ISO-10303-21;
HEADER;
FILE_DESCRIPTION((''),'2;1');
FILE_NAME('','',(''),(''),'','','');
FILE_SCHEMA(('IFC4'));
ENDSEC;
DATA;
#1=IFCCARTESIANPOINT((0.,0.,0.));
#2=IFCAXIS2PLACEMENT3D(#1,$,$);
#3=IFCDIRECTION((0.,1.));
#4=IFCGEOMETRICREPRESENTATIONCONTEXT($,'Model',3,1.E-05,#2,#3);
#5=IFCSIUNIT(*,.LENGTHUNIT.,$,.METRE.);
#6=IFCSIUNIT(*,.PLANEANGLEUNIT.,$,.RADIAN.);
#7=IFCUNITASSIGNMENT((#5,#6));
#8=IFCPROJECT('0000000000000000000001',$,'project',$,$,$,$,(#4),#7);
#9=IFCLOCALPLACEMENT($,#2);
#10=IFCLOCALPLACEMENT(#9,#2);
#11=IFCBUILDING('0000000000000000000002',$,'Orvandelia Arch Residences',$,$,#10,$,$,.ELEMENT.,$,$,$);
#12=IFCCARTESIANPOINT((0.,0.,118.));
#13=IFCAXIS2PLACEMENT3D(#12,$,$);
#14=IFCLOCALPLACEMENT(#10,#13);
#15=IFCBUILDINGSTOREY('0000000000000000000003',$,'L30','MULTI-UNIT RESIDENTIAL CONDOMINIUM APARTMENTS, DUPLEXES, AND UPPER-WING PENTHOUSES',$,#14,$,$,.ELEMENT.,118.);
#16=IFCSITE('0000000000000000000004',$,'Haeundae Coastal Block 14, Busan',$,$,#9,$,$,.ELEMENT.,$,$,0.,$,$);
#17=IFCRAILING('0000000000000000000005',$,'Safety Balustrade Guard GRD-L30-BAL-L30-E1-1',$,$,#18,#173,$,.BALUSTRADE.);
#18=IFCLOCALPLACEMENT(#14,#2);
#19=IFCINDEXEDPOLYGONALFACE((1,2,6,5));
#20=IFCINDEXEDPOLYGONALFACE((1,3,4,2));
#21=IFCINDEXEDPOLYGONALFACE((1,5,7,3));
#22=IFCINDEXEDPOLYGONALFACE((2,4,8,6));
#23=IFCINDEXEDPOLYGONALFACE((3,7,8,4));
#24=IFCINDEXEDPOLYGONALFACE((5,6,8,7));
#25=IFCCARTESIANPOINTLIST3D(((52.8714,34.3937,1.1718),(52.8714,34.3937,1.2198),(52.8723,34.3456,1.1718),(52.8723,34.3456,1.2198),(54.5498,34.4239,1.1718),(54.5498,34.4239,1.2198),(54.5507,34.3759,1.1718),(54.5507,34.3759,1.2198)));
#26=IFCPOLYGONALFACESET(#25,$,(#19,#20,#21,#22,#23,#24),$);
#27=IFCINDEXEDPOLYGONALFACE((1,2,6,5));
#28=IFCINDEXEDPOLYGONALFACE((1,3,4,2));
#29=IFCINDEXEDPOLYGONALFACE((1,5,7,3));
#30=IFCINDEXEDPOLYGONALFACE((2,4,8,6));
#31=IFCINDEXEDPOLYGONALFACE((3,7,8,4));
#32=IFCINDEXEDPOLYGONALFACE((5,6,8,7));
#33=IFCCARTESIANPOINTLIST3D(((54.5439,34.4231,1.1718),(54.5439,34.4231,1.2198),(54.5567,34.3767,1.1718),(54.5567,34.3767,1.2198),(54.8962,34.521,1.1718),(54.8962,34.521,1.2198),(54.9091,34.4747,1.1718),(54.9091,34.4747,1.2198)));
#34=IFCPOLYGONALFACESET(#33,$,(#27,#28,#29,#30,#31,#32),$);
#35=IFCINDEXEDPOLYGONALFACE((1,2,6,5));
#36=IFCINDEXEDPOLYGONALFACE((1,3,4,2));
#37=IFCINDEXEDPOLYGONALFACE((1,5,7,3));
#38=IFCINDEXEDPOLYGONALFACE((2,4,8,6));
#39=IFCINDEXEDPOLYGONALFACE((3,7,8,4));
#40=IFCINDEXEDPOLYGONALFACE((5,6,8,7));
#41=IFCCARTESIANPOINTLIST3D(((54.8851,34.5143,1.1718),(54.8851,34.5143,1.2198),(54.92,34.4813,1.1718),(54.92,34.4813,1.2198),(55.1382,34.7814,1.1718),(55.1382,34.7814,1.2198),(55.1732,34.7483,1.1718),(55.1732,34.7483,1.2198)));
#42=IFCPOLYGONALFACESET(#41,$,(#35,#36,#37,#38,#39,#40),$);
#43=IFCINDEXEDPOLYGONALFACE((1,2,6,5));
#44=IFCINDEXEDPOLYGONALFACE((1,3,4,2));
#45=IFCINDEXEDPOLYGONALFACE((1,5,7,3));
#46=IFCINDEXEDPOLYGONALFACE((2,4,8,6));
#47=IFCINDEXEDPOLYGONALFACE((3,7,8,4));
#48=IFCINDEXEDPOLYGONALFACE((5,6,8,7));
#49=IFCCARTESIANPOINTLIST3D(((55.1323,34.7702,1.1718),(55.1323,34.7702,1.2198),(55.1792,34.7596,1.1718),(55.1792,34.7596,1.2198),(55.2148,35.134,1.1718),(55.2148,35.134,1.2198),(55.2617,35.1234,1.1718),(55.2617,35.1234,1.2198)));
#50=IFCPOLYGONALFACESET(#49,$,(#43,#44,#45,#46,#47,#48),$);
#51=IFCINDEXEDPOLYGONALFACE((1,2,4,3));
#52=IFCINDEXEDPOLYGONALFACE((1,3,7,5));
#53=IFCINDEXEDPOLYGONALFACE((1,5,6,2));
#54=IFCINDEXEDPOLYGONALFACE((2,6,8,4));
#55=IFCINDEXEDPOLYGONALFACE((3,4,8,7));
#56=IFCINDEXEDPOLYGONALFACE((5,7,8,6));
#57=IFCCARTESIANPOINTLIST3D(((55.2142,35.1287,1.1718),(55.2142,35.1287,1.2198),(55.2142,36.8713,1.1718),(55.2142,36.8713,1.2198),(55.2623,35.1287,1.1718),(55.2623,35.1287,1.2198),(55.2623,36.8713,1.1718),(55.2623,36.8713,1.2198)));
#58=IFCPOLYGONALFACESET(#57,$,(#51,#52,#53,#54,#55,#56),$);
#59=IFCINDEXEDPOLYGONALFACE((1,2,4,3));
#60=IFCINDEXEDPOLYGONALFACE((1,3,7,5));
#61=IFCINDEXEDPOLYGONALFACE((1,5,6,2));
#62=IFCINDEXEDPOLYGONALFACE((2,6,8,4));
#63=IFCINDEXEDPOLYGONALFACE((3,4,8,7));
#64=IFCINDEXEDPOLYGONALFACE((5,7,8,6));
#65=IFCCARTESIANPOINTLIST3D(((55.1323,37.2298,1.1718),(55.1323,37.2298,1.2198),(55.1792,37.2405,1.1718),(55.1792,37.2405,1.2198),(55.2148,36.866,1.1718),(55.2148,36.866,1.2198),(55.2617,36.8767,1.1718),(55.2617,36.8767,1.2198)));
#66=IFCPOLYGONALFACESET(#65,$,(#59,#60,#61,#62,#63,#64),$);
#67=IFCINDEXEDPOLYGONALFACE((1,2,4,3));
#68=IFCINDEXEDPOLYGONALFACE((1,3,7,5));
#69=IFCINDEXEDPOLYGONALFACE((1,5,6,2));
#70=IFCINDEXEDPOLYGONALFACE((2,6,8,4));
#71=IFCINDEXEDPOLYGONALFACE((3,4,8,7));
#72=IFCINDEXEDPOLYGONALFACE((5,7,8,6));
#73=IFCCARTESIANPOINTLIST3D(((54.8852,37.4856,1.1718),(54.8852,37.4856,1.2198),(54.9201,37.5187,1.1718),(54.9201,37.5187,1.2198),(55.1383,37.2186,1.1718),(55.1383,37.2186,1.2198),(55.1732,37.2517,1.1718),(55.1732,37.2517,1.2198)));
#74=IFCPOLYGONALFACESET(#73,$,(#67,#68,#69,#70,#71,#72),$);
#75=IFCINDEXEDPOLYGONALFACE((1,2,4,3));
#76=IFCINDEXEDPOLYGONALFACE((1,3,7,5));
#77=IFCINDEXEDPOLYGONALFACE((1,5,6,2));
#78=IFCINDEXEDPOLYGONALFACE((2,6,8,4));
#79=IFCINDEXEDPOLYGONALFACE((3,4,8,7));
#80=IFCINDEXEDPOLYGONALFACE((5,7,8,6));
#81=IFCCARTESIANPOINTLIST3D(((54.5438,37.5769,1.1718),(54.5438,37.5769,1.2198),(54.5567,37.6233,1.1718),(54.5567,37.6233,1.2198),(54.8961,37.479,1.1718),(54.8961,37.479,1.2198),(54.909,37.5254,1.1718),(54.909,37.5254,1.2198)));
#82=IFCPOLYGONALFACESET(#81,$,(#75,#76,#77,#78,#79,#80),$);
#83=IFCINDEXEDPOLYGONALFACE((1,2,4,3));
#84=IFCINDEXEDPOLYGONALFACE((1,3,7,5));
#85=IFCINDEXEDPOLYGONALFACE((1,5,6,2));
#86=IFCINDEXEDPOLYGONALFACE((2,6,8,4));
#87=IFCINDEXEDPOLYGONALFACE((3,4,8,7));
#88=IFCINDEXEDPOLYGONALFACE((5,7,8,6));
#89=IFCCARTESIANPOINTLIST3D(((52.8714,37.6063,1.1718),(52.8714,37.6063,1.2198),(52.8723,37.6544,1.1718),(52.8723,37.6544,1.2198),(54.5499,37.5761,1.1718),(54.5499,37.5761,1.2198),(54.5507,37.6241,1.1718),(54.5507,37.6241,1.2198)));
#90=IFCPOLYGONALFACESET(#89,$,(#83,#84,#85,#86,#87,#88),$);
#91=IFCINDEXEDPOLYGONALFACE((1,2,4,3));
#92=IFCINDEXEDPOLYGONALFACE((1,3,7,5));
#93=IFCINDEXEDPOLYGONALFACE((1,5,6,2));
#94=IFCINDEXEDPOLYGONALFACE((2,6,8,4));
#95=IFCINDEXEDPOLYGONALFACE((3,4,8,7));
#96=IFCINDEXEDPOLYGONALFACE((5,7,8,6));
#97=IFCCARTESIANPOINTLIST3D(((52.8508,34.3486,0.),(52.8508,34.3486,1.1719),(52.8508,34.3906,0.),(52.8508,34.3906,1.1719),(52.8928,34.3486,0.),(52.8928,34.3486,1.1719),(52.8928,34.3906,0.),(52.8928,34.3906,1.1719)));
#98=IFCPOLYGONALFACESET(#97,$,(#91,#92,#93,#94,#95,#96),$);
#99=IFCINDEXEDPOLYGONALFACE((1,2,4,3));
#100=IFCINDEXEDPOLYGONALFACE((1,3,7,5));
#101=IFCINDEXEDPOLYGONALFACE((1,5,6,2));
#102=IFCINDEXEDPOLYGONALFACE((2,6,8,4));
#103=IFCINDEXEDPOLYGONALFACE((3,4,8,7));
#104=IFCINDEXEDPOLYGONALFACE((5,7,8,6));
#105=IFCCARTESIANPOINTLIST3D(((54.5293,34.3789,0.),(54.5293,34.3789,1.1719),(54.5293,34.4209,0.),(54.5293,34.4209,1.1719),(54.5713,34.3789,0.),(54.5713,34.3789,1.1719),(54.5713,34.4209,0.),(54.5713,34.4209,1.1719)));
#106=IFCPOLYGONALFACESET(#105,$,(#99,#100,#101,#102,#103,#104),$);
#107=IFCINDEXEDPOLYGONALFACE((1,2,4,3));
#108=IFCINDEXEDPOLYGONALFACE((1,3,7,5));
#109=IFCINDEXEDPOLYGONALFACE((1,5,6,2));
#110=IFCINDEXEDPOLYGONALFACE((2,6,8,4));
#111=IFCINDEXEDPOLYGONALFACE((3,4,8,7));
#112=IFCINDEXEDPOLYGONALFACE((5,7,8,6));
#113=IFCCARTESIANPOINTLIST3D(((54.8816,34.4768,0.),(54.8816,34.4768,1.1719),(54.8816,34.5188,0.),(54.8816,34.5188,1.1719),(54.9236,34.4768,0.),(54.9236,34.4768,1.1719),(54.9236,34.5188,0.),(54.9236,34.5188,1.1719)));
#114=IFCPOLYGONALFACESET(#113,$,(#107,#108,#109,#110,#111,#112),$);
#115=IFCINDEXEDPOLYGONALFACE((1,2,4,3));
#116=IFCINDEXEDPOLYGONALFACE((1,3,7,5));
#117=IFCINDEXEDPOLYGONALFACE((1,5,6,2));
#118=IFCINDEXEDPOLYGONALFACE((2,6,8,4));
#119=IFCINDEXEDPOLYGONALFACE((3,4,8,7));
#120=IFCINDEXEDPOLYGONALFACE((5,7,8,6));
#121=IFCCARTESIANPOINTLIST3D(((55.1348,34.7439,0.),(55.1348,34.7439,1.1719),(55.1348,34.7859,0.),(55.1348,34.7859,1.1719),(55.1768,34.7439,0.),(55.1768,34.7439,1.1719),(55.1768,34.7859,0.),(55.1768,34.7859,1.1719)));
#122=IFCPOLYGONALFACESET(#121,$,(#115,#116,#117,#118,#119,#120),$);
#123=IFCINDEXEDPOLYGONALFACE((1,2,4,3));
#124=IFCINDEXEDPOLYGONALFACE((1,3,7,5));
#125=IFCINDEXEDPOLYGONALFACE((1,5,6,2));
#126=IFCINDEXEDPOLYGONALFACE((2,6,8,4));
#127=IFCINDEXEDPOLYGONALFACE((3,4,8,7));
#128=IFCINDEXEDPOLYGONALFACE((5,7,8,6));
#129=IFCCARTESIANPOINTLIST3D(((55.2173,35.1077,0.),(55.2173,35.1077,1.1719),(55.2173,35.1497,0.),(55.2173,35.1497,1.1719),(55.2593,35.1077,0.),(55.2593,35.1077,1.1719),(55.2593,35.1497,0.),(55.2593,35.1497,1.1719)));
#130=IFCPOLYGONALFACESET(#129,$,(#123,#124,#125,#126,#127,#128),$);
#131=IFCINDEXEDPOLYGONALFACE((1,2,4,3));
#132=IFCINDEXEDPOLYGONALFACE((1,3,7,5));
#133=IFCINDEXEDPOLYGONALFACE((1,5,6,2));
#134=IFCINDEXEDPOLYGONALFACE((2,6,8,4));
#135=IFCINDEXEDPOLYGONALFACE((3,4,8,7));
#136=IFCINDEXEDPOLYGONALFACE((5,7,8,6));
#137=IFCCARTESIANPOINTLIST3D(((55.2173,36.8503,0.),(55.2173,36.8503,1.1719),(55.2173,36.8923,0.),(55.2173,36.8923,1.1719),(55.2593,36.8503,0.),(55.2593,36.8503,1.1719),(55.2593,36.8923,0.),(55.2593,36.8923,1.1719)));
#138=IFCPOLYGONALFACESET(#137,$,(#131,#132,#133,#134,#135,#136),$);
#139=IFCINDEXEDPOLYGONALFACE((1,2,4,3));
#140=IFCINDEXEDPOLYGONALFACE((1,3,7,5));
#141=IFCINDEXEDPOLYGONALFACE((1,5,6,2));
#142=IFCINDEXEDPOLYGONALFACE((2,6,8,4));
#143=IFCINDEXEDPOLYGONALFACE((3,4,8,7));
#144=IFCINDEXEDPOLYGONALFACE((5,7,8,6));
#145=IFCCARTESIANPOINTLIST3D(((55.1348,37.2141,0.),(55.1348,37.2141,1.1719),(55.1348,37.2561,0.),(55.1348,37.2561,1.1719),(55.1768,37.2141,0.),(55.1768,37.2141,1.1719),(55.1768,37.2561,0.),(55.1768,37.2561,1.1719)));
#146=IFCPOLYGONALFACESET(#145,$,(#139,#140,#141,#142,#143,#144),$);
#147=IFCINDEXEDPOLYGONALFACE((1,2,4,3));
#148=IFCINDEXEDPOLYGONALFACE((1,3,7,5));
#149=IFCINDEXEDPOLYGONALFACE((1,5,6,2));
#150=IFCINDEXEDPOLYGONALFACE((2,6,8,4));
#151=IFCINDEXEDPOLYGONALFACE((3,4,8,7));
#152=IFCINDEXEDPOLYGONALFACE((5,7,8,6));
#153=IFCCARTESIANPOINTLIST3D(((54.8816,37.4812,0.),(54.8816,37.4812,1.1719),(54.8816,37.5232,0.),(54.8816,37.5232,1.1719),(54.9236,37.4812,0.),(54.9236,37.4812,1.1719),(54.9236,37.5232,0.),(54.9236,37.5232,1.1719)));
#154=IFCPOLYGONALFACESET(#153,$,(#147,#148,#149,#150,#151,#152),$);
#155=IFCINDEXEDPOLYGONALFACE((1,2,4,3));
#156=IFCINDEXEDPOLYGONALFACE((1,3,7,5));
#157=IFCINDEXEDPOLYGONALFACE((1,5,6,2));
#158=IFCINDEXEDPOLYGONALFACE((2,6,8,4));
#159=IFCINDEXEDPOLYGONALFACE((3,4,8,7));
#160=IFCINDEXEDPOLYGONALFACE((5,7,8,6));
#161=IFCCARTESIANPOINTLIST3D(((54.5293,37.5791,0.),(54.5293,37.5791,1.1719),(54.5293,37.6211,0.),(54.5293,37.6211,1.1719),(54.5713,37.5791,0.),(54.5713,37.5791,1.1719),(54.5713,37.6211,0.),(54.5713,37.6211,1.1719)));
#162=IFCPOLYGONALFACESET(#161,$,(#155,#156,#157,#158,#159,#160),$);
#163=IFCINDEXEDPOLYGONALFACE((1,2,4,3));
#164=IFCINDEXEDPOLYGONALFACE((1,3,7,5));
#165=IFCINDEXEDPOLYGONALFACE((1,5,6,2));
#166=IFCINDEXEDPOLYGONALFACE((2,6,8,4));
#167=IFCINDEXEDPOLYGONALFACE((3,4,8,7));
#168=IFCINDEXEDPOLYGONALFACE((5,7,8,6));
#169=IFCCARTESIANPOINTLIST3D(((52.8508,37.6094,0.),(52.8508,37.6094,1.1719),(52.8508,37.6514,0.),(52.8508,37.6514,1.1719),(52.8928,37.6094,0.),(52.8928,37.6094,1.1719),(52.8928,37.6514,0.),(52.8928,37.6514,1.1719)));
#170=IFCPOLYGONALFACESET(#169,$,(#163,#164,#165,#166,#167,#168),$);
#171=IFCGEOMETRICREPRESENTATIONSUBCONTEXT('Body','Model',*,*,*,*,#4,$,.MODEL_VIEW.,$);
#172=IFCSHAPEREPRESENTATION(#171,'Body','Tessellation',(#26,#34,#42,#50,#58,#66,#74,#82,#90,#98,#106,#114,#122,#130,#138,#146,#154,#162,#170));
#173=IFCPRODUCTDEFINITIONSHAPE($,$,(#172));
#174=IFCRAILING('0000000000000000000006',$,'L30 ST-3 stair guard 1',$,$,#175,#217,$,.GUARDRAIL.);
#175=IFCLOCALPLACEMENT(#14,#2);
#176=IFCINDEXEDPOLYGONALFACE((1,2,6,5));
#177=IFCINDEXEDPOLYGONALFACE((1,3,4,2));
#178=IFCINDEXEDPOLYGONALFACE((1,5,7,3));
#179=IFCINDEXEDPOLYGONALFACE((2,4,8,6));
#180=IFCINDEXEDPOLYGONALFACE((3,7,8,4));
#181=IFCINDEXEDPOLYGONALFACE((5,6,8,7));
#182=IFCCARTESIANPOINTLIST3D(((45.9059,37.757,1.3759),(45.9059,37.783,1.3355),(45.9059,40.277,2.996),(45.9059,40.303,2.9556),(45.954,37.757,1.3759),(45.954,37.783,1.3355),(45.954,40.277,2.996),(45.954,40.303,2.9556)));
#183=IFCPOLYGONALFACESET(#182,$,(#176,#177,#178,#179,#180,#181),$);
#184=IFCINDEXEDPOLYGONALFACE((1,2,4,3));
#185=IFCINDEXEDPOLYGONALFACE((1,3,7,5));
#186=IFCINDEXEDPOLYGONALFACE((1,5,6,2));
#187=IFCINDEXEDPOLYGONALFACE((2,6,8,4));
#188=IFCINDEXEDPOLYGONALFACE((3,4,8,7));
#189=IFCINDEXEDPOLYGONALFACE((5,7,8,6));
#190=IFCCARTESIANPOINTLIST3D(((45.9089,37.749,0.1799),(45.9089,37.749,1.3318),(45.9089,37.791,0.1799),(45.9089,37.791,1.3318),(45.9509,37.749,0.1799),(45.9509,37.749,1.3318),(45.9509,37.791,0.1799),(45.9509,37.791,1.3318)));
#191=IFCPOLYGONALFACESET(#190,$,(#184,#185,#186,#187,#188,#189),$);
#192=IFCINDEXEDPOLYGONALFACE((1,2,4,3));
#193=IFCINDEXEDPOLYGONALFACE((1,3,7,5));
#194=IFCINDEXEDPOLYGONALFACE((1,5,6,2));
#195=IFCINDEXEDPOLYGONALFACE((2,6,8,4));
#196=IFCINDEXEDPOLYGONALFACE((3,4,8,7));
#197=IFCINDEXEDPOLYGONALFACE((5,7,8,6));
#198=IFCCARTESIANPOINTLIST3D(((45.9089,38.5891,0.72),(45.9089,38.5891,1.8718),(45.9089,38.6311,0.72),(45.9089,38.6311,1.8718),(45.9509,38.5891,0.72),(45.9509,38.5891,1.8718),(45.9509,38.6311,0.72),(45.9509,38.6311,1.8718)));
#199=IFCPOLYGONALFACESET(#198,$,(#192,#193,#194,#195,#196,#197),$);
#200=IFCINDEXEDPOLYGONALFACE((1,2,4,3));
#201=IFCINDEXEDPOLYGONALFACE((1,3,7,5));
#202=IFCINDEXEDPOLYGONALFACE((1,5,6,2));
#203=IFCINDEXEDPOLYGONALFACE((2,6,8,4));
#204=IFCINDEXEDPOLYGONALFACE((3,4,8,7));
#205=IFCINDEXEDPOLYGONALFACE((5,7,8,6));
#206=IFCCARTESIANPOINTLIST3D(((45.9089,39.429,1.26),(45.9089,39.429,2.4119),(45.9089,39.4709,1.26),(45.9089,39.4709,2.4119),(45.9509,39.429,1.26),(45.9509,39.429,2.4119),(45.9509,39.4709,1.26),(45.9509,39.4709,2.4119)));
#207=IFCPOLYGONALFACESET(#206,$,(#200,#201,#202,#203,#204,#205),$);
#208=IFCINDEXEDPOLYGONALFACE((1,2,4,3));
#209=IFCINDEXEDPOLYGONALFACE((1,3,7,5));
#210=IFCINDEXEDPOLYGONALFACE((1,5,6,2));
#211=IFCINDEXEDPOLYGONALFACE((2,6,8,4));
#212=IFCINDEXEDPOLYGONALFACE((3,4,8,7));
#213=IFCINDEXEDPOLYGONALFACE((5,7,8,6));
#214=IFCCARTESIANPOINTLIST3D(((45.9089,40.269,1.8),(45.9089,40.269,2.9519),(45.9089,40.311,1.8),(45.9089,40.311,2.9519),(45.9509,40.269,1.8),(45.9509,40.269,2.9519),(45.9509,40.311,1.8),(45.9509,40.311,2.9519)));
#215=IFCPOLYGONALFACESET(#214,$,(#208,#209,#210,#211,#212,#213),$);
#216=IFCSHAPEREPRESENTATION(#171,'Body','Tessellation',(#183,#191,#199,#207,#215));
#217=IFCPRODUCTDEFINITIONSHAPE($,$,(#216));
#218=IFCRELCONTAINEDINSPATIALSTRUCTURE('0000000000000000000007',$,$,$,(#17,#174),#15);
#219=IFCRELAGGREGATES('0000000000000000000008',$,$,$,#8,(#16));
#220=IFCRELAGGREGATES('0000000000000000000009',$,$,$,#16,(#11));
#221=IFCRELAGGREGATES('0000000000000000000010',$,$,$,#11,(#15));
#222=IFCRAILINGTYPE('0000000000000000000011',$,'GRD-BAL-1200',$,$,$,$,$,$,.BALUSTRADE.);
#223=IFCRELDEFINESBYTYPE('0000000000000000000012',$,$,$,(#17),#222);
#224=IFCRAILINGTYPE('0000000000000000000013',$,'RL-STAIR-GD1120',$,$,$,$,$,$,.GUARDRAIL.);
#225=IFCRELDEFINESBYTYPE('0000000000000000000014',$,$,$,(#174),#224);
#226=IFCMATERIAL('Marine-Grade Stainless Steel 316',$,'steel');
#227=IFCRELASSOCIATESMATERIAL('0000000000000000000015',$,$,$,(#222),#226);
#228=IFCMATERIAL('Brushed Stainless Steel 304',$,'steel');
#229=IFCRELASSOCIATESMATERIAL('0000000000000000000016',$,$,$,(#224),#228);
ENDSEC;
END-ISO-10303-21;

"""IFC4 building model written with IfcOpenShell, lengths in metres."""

from ifc_helpers import new_model, si_unit, direction, frame, origin, origin_2d, place, context, subcontext, project, spatial, rectangle, extrude, material, type_object, element, save


model = new_model("IFC4")

# Units and contexts
model_context = context("Model", 3, precision=1e-05, world=origin(), true_north=direction((0.0, 1.0)))
body_context = subcontext(model_context, "Body", "Model", "MODEL_VIEW")
ifc_project = project(units=[si_unit("LENGTHUNIT", "METRE"), si_unit("PLANEANGLEUNIT", "RADIAN")], contexts=[model_context])

# Site, building, storey
site_placement = place(None, origin())
site = spatial("IfcSite", under=ifc_project, at=site_placement, Name="Haeundae Coastal Block 14, Busan", CompositionType="ELEMENT", RefElevation=0.0)
building_placement = place(site_placement, origin())
building = spatial("IfcBuilding", under=site, at=building_placement, Name="Orvandelia Arch Residences", CompositionType="ELEMENT")
storey_placement = place(building_placement, frame((0.0, 0.0, 118.0)))
storey = spatial("IfcBuildingStorey", under=building, at=storey_placement, Name="L30", Description="MULTI-UNIT RESIDENTIAL CONDOMINIUM APARTMENTS, DUPLEXES, AND UPPER-WING PENTHOUSES", CompositionType="ELEMENT", Elevation=118.0)

# Railings
ifc_material_1 = material(Name="Marine-Grade Stainless Steel 316", Category="steel")
railing_type_1 = type_object("IfcRailingType", Name="GRD-BAL-1200", PredefinedType="BALUSTRADE", material=ifc_material_1)
railing_1_placement = place(storey_placement, frame((52.8718, 34.3696, 0.0)))
element("IfcRailing", 1, at=railing_1_placement, inside=storey, type_object=railing_type_1, Name="Safety Balustrade Guard GRD-L30-BAL-L30-E1-1", PredefinedType="BALUSTRADE", context=body_context, shape_type="SweptSolid", body=[
    extrude(rectangle(XDim=0.0481, YDim=0.0481, at=origin_2d()), frame((0.0, 0.0, 1.1958), z_axis=(0.999837, 0.018033, 0.0), x_axis=(-0.018033, 0.999837, 0.0)), (0.0, 0.0, 1.0), 1.6787),
    extrude(rectangle(XDim=0.0481, YDim=0.0481, at=origin_2d()), frame((1.6785, 0.0303, 1.1958), z_axis=(0.963489, 0.267747, 0.0), x_axis=(-0.267747, 0.963489, 0.0)), (0.0, 0.0, 1.0), 0.3657),
    extrude(rectangle(XDim=0.0481, YDim=0.0481, at=origin_2d()), frame((2.0308, 0.1282, 1.1958), z_axis=(0.687947, 0.725761, 0.0), x_axis=(-0.725761, 0.687947, 0.0)), (0.0, 0.0, 1.0), 0.3679),
    extrude(rectangle(XDim=0.0481, YDim=0.0481, at=origin_2d()), frame((2.2839, 0.3953, 1.1958), z_axis=(0.221225, 0.975223, 0.0), x_axis=(-0.975223, 0.221225, 0.0)), (0.0, 0.0, 1.0), 0.373),
    extrude(rectangle(XDim=0.0481, YDim=0.0481, at=origin_2d()), frame((2.3665, 0.759, 1.1958), z_axis=(0.0, 1.0, 0.0), x_axis=(-1.0, 0.0, 0.0)), (0.0, 0.0, 1.0), 1.7427),
    extrude(rectangle(XDim=0.0481, YDim=0.0481, at=origin_2d()), frame((2.3665, 2.5017, 1.1958), z_axis=(-0.221225, 0.975223, 0.0), x_axis=(-0.975223, -0.221225, 0.0)), (0.0, 0.0, 1.0), 0.373),
    extrude(rectangle(XDim=0.0481, YDim=0.0481, at=origin_2d()), frame((2.2839, 2.8655, 1.1958), z_axis=(-0.687947, 0.725761, 0.0), x_axis=(-0.725761, -0.687947, 0.0)), (0.0, 0.0, 1.0), 0.3679),
    extrude(rectangle(XDim=0.0481, YDim=0.0481, at=origin_2d()), frame((2.0308, 3.1326, 1.1958), z_axis=(-0.963489, 0.267747, 0.0), x_axis=(-0.267747, -0.963489, 0.0)), (0.0, 0.0, 1.0), 0.3657),
    extrude(rectangle(XDim=0.0481, YDim=0.0481, at=origin_2d()), frame((1.6785, 3.2305, 1.1958), z_axis=(-0.999837, 0.018033, 0.0), x_axis=(-0.018033, -0.999837, 0.0)), (0.0, 0.0, 1.0), 1.6787),
    extrude(rectangle(XDim=0.042, YDim=0.042, at=origin_2d()), origin(), (0.0, 0.0, 1.0), 1.1719),
    extrude(rectangle(XDim=0.042, YDim=0.042, at=origin_2d()), frame((1.6785, 0.0303, 0.0)), (0.0, 0.0, 1.0), 1.1719),
    extrude(rectangle(XDim=0.042, YDim=0.042, at=origin_2d()), frame((2.0308, 0.1282, 0.0)), (0.0, 0.0, 1.0), 1.1719),
    extrude(rectangle(XDim=0.042, YDim=0.042, at=origin_2d()), frame((2.2839, 0.3953, 0.0)), (0.0, 0.0, 1.0), 1.1719),
    extrude(rectangle(XDim=0.042, YDim=0.042, at=origin_2d()), frame((2.3665, 0.759, 0.0)), (0.0, 0.0, 1.0), 1.1719),
    extrude(rectangle(XDim=0.042, YDim=0.042, at=origin_2d()), frame((2.3665, 2.5017, 0.0)), (0.0, 0.0, 1.0), 1.1719),
    extrude(rectangle(XDim=0.042, YDim=0.042, at=origin_2d()), frame((2.2839, 2.8655, 0.0)), (0.0, 0.0, 1.0), 1.1719),
    extrude(rectangle(XDim=0.042, YDim=0.042, at=origin_2d()), frame((2.0308, 3.1326, 0.0)), (0.0, 0.0, 1.0), 1.1719),
    extrude(rectangle(XDim=0.042, YDim=0.042, at=origin_2d()), frame((1.6785, 3.2305, 0.0)), (0.0, 0.0, 1.0), 1.1719),
    extrude(rectangle(XDim=0.042, YDim=0.042, at=origin_2d()), frame((0.0, 3.2607, 0.0)), (0.0, 0.0, 1.0), 1.1719),
])
ifc_material_2 = material(Name="Brushed Stainless Steel 304", Category="steel")
railing_type_2 = type_object("IfcRailingType", Name="RL-STAIR-GD1120", PredefinedType="GUARDRAIL", material=ifc_material_2)
railing_2_placement = place(storey_placement, frame((45.9299, 37.77, 0.1799)))
element("IfcRailing", 2, at=railing_2_placement, inside=storey, type_object=railing_type_2, Name="L30 ST-3 stair guard 1", PredefinedType="GUARDRAIL", context=body_context, shape_type="SweptSolid", body=[
    extrude(rectangle(XDim=0.0481, YDim=0.0481, at=origin_2d()), frame((0.0, 0.0, 1.1758), z_axis=(0.0, 0.841163, 0.540782), x_axis=(-1.0, 0.0, 0.0)), (0.0, 0.0, 1.0), 2.9958),
    extrude(rectangle(XDim=0.042, YDim=0.042, at=origin_2d()), origin(), (0.0, 0.0, 1.0), 1.1519),
    extrude(rectangle(XDim=0.042, YDim=0.042, at=origin_2d()), frame((0.0, 0.8401, 0.54)), (0.0, 0.0, 1.0), 1.1519),
    extrude(rectangle(XDim=0.042, YDim=0.042, at=origin_2d()), frame((0.0, 1.6799, 1.0801)), (0.0, 0.0, 1.0), 1.1519),
    extrude(rectangle(XDim=0.042, YDim=0.042, at=origin_2d()), frame((0.0, 2.52, 1.6201)), (0.0, 0.0, 1.0), 1.1519),
])

save(model, "model.ifc")
